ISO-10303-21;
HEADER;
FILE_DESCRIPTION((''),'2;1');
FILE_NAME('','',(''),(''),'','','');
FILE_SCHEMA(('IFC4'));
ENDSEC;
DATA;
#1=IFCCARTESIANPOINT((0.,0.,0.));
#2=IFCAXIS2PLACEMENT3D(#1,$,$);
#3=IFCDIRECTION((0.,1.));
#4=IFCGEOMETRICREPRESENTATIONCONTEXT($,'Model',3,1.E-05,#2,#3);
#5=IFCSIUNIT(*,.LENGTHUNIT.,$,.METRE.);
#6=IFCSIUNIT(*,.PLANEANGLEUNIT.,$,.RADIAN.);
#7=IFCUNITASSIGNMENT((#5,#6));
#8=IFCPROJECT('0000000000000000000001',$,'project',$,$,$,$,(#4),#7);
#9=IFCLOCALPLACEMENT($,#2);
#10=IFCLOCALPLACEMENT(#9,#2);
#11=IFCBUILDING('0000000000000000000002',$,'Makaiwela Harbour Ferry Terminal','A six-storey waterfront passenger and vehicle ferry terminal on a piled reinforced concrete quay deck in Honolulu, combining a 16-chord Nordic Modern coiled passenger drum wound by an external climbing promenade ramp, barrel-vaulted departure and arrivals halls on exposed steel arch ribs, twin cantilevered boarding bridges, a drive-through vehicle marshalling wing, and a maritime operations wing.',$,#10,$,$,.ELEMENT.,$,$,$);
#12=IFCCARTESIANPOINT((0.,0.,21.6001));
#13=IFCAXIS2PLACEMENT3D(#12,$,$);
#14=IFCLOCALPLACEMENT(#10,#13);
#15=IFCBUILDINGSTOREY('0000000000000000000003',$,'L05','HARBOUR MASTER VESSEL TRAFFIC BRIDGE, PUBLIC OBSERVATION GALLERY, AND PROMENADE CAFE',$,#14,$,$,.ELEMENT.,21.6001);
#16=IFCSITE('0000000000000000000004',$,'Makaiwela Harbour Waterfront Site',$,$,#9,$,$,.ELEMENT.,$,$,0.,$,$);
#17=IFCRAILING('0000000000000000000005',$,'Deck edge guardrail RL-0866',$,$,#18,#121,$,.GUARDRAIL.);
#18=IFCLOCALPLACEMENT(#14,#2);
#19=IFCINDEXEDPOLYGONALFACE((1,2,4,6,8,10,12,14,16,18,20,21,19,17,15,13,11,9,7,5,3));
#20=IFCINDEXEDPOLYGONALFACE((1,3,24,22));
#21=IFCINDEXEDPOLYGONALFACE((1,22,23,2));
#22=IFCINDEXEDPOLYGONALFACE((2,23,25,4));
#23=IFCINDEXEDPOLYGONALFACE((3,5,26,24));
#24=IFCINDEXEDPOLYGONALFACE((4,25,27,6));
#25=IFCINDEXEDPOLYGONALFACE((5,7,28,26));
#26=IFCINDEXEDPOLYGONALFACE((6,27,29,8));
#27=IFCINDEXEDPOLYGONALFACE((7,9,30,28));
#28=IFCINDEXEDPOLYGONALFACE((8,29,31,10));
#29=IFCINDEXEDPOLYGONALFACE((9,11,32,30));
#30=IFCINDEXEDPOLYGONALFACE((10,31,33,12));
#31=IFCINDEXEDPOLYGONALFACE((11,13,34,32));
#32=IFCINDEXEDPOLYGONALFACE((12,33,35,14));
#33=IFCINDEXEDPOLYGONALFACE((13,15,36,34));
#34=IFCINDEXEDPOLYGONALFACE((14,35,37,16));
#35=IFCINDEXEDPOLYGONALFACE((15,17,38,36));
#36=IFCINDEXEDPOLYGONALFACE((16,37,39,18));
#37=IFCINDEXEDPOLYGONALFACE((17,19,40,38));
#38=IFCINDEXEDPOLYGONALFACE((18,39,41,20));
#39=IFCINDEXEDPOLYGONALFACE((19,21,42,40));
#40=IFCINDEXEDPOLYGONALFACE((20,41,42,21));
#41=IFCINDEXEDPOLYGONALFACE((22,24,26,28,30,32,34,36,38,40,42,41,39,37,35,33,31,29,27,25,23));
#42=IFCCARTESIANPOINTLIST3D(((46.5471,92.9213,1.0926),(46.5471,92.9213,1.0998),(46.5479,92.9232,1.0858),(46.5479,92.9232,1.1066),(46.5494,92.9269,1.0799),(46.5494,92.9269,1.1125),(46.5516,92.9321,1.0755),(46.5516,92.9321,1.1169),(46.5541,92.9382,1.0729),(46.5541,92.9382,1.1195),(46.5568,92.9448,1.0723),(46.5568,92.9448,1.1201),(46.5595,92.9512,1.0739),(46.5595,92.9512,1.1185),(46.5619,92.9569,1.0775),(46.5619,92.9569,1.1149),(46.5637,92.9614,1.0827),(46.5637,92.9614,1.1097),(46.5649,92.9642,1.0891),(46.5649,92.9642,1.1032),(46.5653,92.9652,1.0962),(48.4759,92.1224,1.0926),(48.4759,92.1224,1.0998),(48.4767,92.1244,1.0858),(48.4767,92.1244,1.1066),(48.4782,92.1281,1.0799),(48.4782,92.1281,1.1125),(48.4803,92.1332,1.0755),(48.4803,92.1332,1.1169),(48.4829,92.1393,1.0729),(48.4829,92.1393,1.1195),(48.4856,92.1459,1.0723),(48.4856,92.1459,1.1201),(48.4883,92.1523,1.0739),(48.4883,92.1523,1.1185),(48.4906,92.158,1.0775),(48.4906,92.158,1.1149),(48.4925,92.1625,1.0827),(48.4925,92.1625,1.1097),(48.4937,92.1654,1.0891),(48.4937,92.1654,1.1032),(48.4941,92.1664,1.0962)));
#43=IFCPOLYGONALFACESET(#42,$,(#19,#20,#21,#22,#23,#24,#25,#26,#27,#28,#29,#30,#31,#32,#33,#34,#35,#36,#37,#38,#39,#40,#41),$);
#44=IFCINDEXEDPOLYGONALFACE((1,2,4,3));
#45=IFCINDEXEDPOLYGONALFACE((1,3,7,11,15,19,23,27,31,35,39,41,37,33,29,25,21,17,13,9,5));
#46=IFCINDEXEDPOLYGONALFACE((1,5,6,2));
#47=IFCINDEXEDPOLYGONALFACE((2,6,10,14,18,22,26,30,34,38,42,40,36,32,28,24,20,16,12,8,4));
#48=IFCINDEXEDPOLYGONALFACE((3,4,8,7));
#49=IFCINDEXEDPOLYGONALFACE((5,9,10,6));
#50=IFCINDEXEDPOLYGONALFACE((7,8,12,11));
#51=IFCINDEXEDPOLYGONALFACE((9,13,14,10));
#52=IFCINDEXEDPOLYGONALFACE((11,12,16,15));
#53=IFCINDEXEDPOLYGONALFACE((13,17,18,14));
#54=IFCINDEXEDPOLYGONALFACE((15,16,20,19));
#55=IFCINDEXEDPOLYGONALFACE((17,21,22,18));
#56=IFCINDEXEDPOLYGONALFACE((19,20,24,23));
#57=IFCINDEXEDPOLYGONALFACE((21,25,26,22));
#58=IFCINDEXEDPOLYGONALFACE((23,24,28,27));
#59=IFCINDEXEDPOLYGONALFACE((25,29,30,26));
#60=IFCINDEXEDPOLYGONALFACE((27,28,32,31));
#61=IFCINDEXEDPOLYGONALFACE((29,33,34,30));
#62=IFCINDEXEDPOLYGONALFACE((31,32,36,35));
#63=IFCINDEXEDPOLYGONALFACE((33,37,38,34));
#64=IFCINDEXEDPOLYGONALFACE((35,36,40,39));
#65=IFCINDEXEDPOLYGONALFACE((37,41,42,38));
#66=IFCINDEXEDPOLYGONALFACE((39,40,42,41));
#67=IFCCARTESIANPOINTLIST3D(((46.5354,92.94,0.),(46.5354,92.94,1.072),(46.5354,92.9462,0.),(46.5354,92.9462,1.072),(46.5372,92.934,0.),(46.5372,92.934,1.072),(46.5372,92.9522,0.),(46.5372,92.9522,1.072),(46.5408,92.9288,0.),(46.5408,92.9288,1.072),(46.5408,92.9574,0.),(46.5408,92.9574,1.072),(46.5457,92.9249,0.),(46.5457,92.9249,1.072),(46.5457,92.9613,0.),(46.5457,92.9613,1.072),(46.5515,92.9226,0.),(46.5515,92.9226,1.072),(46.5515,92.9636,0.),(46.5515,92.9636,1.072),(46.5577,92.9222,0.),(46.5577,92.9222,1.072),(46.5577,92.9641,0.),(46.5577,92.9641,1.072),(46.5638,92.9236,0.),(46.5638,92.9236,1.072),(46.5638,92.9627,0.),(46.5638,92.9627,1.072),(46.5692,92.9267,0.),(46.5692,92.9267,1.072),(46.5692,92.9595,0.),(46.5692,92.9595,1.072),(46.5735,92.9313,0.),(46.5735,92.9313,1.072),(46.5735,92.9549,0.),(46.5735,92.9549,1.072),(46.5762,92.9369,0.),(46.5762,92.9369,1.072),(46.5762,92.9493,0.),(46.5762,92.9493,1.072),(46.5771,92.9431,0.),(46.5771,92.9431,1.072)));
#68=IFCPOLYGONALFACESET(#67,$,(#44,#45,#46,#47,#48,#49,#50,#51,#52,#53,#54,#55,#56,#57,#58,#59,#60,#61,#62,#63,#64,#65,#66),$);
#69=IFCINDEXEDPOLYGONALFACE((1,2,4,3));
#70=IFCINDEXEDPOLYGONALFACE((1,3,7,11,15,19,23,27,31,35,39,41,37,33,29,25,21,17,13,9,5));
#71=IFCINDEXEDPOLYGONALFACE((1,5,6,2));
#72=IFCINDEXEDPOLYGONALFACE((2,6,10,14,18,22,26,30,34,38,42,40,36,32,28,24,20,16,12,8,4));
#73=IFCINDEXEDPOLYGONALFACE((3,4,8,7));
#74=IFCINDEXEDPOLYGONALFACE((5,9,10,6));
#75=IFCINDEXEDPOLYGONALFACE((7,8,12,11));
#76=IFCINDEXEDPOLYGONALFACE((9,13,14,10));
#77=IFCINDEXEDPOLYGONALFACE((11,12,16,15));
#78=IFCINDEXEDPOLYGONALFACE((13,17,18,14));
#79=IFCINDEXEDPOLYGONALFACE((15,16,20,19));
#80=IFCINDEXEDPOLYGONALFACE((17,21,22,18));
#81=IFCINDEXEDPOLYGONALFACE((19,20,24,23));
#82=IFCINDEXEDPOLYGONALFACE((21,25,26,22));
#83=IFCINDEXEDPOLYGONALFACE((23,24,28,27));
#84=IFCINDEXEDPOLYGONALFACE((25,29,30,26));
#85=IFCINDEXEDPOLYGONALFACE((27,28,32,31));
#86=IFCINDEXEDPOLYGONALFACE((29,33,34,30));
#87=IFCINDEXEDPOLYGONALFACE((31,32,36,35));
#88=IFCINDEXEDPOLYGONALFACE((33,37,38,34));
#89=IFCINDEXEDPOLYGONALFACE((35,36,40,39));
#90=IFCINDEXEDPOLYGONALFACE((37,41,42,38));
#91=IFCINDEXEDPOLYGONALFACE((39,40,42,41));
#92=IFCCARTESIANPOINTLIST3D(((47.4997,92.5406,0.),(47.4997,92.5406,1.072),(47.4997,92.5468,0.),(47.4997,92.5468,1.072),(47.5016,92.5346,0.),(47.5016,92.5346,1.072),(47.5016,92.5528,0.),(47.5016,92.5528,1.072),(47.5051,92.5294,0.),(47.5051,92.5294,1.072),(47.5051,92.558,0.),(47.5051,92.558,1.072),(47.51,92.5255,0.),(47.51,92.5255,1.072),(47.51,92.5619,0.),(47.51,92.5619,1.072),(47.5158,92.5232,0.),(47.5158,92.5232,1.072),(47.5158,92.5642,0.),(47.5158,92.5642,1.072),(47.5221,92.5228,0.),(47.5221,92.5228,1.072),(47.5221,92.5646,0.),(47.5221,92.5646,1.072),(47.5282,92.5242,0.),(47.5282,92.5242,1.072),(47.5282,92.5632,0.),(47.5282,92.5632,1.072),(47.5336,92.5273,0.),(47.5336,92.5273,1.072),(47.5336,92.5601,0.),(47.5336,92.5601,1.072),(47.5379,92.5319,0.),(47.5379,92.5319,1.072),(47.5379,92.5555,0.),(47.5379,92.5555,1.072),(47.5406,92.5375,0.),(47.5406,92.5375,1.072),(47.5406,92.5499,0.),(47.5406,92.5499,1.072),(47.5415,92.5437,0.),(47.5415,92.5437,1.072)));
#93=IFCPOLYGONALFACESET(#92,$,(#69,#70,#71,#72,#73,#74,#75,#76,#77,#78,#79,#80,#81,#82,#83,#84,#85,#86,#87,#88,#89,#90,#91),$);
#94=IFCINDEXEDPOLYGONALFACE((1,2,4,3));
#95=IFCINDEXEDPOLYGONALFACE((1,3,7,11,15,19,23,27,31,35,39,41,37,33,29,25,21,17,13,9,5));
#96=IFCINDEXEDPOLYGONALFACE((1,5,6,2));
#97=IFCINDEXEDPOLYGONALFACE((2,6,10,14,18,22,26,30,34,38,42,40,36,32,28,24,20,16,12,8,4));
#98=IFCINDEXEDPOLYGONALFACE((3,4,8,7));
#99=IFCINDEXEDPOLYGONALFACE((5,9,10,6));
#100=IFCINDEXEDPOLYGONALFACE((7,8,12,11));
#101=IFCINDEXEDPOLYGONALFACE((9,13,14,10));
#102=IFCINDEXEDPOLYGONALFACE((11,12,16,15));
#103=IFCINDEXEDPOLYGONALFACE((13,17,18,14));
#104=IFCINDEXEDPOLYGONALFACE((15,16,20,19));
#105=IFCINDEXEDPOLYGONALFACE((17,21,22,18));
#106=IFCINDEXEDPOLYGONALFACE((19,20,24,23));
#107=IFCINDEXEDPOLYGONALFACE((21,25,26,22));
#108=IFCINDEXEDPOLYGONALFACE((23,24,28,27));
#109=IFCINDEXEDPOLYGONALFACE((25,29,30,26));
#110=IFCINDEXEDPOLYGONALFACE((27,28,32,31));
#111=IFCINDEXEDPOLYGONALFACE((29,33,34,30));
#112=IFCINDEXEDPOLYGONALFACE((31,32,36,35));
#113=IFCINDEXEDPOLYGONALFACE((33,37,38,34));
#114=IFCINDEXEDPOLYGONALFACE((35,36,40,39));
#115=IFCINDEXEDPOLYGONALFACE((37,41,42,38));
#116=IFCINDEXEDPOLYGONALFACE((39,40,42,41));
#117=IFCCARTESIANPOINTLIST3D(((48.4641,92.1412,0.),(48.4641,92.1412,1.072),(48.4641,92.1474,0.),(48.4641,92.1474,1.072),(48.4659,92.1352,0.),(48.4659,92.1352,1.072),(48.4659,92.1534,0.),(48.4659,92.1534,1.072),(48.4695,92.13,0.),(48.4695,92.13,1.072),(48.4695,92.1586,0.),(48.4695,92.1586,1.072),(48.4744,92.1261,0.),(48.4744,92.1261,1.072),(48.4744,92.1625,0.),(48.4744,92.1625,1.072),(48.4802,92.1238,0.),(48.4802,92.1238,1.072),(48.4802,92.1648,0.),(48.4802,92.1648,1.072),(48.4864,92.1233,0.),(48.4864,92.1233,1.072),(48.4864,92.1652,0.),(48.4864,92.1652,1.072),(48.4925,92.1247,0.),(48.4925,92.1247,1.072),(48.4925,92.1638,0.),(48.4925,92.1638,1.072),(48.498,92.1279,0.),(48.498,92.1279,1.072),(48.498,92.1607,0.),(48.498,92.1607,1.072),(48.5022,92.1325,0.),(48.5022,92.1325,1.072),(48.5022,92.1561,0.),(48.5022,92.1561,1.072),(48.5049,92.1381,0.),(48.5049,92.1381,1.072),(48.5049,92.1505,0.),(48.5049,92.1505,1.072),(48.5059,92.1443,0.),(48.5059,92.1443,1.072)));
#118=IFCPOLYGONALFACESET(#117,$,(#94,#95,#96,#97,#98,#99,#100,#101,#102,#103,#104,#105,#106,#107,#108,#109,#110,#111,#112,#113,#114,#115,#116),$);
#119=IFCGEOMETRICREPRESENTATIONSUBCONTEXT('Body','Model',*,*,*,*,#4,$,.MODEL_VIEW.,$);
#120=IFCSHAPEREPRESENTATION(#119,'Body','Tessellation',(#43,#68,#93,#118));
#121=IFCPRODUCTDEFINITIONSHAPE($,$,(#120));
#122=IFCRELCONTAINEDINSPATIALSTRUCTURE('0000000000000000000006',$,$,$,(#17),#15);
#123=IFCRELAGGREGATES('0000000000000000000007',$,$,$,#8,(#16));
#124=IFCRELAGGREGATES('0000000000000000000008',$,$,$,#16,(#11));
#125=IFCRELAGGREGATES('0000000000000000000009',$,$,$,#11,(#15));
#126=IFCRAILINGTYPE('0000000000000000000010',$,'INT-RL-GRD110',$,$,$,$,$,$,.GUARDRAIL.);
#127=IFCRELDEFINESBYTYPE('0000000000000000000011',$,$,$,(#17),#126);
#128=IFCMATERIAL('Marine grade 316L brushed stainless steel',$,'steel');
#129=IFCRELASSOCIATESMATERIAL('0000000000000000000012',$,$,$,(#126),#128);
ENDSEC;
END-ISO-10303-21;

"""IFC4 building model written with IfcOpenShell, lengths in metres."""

from ifc_helpers import new_model, si_unit, direction, frame, origin, origin_2d, place, context, subcontext, project, spatial, circle, extrude, material, type_object, element, save


model = new_model("IFC4")

# Units and contexts
model_context = context("Model", 3, precision=1e-05, world=origin(), true_north=direction((0.0, 1.0)))
body_context = subcontext(model_context, "Body", "Model", "MODEL_VIEW")
ifc_project = project(units=[si_unit("LENGTHUNIT", "METRE"), si_unit("PLANEANGLEUNIT", "RADIAN")], contexts=[model_context])

# Site, building, storey
site_placement = place(None, origin())
site = spatial("IfcSite", under=ifc_project, at=site_placement, Name="Makaiwela Harbour Waterfront Site", CompositionType="ELEMENT", RefElevation=0.0)
building_placement = place(site_placement, origin())
building = spatial("IfcBuilding", under=site, at=building_placement, Name="Makaiwela Harbour Ferry Terminal", Description="A six-storey waterfront passenger and vehicle ferry terminal on a piled reinforced concrete quay deck in Honolulu, combining a 16-chord Nordic Modern coiled passenger drum wound by an external climbing promenade ramp, barrel-vaulted departure and arrivals halls on exposed steel arch ribs, twin cantilevered boarding bridges, a drive-through vehicle marshalling wing, and a maritime operations wing.", CompositionType="ELEMENT")
storey_placement = place(building_placement, frame((0.0, 0.0, 21.6001)))
storey = spatial("IfcBuildingStorey", under=building, at=storey_placement, Name="L05", Description="HARBOUR MASTER VESSEL TRAFFIC BRIDGE, PUBLIC OBSERVATION GALLERY, AND PROMENADE CAFE", CompositionType="ELEMENT", Elevation=21.6001)

# Railing
ifc_material_1 = material(Name="Marine grade 316L brushed stainless steel", Category="steel")
railing_type = type_object("IfcRailingType", Name="INT-RL-GRD110", PredefinedType="GUARDRAIL", material=ifc_material_1)
railing_1_placement = place(storey_placement, frame((46.5562, 92.9431, 0.0)))
element("IfcRailing", 1, at=railing_1_placement, inside=storey, type_object=railing_type, Name="Deck edge guardrail RL-0866", PredefinedType="GUARDRAIL", context=body_context, shape_type="SweptSolid", body=[
    extrude(circle(Radius=0.0239, at=origin_2d()), frame((0.0, 0.0, 1.0962), z_axis=(0.923891, -0.382655, 0.0), x_axis=(0.382655, 0.923891, 0.0)), (0.0, 0.0, 1.0), 2.0876),
    extrude(circle(Radius=0.021, at=origin_2d()), origin(), (0.0, 0.0, 1.0), 1.072),
    extrude(circle(Radius=0.021, at=origin_2d()), frame((0.9644, -0.3994, 0.0)), (0.0, 0.0, 1.0), 1.072),
    extrude(circle(Radius=0.021, at=origin_2d()), frame((1.9287, -0.7988, 0.0)), (0.0, 0.0, 1.0), 1.072),
])

save(model, "model.ifc")
